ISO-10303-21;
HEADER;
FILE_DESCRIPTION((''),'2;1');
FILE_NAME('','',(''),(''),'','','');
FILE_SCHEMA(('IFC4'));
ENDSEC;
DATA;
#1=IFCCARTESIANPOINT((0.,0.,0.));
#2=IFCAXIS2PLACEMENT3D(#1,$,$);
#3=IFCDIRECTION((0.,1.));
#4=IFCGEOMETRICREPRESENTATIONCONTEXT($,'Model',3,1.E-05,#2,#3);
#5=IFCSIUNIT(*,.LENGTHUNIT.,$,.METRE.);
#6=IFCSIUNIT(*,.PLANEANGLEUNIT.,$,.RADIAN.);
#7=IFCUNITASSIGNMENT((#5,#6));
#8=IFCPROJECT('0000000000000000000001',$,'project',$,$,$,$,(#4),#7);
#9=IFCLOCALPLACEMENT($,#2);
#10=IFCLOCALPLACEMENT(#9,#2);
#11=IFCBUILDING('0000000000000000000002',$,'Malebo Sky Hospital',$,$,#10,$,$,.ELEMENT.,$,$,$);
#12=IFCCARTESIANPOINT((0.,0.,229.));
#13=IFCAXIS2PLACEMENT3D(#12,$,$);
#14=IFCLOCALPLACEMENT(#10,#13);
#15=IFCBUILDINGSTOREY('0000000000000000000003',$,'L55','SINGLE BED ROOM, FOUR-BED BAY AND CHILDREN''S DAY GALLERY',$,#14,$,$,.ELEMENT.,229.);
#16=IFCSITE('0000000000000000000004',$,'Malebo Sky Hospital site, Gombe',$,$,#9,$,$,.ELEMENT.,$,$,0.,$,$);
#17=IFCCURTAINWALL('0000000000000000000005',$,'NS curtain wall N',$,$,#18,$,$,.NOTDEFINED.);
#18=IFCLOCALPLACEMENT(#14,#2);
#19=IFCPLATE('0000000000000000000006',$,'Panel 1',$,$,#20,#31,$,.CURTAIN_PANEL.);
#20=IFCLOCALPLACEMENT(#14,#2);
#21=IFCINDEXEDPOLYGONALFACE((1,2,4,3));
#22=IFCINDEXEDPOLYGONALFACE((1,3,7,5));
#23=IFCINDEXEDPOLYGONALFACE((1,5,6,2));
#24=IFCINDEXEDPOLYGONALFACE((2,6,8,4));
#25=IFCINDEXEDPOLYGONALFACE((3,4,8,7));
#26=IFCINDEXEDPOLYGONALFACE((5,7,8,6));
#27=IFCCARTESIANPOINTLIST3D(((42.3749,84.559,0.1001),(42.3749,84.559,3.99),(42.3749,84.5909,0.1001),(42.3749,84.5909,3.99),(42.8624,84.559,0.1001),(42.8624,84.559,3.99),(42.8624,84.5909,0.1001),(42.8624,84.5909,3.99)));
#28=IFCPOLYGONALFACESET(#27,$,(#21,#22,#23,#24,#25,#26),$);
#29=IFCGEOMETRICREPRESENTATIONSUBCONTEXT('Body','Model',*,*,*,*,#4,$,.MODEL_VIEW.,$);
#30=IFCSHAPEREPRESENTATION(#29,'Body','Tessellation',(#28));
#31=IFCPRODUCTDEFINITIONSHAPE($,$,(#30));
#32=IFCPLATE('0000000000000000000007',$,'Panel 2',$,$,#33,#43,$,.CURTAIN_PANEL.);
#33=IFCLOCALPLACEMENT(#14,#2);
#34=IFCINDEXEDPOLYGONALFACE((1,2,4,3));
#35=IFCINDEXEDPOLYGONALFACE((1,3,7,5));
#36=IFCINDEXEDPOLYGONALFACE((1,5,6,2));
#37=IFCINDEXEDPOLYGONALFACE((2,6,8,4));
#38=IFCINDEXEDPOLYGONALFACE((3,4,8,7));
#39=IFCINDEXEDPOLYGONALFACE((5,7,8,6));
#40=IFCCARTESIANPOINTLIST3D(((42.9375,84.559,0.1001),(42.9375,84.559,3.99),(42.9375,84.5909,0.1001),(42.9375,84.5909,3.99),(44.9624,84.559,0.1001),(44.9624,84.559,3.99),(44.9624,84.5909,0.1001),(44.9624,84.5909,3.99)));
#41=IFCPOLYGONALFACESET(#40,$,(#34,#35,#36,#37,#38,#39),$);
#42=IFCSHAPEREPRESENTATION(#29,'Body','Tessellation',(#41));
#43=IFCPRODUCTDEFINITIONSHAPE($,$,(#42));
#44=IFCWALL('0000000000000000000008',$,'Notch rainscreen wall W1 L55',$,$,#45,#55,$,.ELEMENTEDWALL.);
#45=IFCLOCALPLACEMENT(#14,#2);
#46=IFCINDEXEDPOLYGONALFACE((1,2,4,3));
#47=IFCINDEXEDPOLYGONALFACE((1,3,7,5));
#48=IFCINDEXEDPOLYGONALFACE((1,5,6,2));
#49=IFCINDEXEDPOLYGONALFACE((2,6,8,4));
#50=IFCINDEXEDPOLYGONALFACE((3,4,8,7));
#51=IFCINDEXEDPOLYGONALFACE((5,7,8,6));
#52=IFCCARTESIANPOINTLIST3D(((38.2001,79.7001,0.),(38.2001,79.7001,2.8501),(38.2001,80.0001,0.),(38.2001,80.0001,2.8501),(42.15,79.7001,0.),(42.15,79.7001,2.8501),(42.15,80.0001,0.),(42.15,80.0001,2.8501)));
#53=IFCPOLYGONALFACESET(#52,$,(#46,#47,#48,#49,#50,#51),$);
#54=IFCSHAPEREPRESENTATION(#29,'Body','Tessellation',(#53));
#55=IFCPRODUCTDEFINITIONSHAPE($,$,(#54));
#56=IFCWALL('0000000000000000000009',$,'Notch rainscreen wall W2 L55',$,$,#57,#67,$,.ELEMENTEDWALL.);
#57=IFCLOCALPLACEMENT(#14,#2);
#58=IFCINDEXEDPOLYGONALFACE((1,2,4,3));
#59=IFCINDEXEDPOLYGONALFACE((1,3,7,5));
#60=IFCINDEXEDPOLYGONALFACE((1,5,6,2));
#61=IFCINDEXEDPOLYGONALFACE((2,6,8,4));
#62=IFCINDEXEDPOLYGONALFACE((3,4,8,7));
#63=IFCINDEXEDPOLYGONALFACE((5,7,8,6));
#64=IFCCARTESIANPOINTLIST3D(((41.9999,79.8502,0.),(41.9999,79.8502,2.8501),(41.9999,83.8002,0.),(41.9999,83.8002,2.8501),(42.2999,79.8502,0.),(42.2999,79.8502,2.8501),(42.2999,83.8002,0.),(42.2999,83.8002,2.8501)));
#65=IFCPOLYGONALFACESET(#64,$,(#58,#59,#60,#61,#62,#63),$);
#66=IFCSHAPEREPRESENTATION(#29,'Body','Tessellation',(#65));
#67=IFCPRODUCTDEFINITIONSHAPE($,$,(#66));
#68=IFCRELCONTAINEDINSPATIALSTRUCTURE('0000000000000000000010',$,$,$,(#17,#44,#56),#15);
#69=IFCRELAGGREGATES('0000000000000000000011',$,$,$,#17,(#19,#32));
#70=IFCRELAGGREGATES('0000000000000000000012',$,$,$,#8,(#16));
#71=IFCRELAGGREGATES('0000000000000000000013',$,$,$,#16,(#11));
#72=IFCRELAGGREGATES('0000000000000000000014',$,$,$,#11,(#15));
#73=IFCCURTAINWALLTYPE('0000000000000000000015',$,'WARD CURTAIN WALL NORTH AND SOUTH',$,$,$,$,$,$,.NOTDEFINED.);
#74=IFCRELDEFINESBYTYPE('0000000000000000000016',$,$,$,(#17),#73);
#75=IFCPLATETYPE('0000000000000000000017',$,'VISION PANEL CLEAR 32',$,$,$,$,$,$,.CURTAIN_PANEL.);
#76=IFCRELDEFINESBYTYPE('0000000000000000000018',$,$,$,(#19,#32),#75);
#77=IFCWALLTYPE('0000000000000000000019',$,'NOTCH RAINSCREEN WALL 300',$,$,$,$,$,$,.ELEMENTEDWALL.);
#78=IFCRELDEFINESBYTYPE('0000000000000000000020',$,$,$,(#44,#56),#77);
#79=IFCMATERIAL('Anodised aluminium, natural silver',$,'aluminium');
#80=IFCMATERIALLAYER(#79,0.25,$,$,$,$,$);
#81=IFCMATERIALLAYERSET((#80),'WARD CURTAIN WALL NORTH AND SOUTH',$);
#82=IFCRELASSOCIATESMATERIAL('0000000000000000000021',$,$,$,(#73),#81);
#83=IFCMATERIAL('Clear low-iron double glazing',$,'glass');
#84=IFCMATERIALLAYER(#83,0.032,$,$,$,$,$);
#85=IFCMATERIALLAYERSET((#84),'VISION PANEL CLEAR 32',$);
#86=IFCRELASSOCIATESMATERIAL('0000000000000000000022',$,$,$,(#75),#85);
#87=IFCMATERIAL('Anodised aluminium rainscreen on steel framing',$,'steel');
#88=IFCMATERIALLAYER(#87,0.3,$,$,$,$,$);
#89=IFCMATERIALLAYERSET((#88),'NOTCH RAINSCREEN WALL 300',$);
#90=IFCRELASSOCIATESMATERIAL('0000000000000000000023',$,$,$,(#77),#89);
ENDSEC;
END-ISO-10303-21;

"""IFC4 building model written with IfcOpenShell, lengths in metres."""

from ifc_helpers import new_model, si_unit, direction, frame, frame_2d, origin, origin_2d, place, context, subcontext, project, spatial, rectangle, extrude, material, layer, layer_set, type_object, element, aggregate, save


model = new_model("IFC4")

# Units and contexts
model_context = context("Model", 3, precision=1e-05, world=origin(), true_north=direction((0.0, 1.0)))
body_context = subcontext(model_context, "Body", "Model", "MODEL_VIEW")
ifc_project = project(units=[si_unit("LENGTHUNIT", "METRE"), si_unit("PLANEANGLEUNIT", "RADIAN")], contexts=[model_context])

# Site, building, storey
site_placement = place(None, origin())
site = spatial("IfcSite", under=ifc_project, at=site_placement, Name="Malebo Sky Hospital site, Gombe", CompositionType="ELEMENT", RefElevation=0.0)
building_placement = place(site_placement, origin())
building = spatial("IfcBuilding", under=site, at=building_placement, Name="Malebo Sky Hospital", CompositionType="ELEMENT")
storey_placement = place(building_placement, frame((0.0, 0.0, 229.0)))
storey = spatial("IfcBuildingStorey", under=building, at=storey_placement, Name="L55", Description="SINGLE BED ROOM, FOUR-BED BAY AND CHILDREN'S DAY GALLERY", CompositionType="ELEMENT", Elevation=229.0)

# Curtain wall
ifc_material_1 = material(Name="Anodised aluminium, natural silver", Category="aluminium")
ifc_layer_1 = layer(ifc_material_1, 0.25)
ifc_layer_set_1 = layer_set([ifc_layer_1], Name="WARD CURTAIN WALL NORTH AND SOUTH")
curtain_wall_type = type_object("IfcCurtainWallType", Name="WARD CURTAIN WALL NORTH AND SOUTH", PredefinedType="NOTDEFINED", material=ifc_layer_set_1)
curtain_wall_placement = place(storey_placement, origin())
curtain_wall = element("IfcCurtainWall", 1, at=curtain_wall_placement, inside=storey, type_object=curtain_wall_type, Name="NS curtain wall N", PredefinedType="NOTDEFINED")

# Plates
ifc_material_2 = material(Name="Clear low-iron double glazing", Category="glass")
ifc_layer_2 = layer(ifc_material_2, 0.032)
ifc_layer_set_2 = layer_set([ifc_layer_2], Name="VISION PANEL CLEAR 32")
plate_type = type_object("IfcPlateType", Name="VISION PANEL CLEAR 32", PredefinedType="CURTAIN_PANEL", material=ifc_layer_set_2)
plate_1_placement = place(storey_placement, frame((42.6187, 84.575, 0.1001), z_axis=(0.0, 0.0, 1.0), x_axis=(1.0, 0.0, 0.0)))
plate_1 = element("IfcPlate", 2, at=plate_1_placement, type_object=plate_type, Name="Panel 1", PredefinedType="CURTAIN_PANEL", context=body_context, shape_type="SweptSolid", body=[
    extrude(rectangle(XDim=0.4875, YDim=0.032, at=origin_2d()), origin(), (0.0, 0.0, 1.0), 3.8899),
])
plate_2_placement = place(storey_placement, frame((43.95, 84.575, 0.1001), z_axis=(0.0, 0.0, 1.0), x_axis=(1.0, 0.0, 0.0)))
plate_2 = element("IfcPlate", 3, at=plate_2_placement, type_object=plate_type, Name="Panel 2", PredefinedType="CURTAIN_PANEL", context=body_context, shape_type="SweptSolid", body=[
    extrude(rectangle(XDim=2.0249, YDim=0.032, at=origin_2d()), origin(), (0.0, 0.0, 1.0), 3.8899),
])
aggregate(curtain_wall, [plate_1, plate_2])

# Walls
ifc_material_3 = material(Name="Anodised aluminium rainscreen on steel framing", Category="steel")
ifc_layer_3 = layer(ifc_material_3, 0.3)
ifc_layer_set_3 = layer_set([ifc_layer_3], Name="NOTCH RAINSCREEN WALL 300")
wall_type = type_object("IfcWallType", Name="NOTCH RAINSCREEN WALL 300", PredefinedType="ELEMENTEDWALL", material=ifc_layer_set_3)
for number, where, z_axis, x_axis, name in (
    (4, (38.2, 79.8501, 0.0), (0.0, 0.0, 1.0), (1.0, 0.0, 0.0), "Notch rainscreen wall W1 L55"),
    (5, (42.1499, 79.8501, 0.0), (0.0, 0.0, 1.0), (0.0, 1.0, 0.0), "Notch rainscreen wall W2 L55"),
):
    element("IfcWall", number, at=place(storey_placement, frame(where, z_axis=z_axis, x_axis=x_axis)), inside=storey, type_object=wall_type, Name=name, PredefinedType="ELEMENTEDWALL", context=body_context, shape_type="SweptSolid", body=[
        extrude(rectangle(XDim=3.95, YDim=0.3, at=frame_2d((1.9751, 0.0))), origin(), (0.0, 0.0, 1.0), 2.8501),
    ])

save(model, "model.ifc")
